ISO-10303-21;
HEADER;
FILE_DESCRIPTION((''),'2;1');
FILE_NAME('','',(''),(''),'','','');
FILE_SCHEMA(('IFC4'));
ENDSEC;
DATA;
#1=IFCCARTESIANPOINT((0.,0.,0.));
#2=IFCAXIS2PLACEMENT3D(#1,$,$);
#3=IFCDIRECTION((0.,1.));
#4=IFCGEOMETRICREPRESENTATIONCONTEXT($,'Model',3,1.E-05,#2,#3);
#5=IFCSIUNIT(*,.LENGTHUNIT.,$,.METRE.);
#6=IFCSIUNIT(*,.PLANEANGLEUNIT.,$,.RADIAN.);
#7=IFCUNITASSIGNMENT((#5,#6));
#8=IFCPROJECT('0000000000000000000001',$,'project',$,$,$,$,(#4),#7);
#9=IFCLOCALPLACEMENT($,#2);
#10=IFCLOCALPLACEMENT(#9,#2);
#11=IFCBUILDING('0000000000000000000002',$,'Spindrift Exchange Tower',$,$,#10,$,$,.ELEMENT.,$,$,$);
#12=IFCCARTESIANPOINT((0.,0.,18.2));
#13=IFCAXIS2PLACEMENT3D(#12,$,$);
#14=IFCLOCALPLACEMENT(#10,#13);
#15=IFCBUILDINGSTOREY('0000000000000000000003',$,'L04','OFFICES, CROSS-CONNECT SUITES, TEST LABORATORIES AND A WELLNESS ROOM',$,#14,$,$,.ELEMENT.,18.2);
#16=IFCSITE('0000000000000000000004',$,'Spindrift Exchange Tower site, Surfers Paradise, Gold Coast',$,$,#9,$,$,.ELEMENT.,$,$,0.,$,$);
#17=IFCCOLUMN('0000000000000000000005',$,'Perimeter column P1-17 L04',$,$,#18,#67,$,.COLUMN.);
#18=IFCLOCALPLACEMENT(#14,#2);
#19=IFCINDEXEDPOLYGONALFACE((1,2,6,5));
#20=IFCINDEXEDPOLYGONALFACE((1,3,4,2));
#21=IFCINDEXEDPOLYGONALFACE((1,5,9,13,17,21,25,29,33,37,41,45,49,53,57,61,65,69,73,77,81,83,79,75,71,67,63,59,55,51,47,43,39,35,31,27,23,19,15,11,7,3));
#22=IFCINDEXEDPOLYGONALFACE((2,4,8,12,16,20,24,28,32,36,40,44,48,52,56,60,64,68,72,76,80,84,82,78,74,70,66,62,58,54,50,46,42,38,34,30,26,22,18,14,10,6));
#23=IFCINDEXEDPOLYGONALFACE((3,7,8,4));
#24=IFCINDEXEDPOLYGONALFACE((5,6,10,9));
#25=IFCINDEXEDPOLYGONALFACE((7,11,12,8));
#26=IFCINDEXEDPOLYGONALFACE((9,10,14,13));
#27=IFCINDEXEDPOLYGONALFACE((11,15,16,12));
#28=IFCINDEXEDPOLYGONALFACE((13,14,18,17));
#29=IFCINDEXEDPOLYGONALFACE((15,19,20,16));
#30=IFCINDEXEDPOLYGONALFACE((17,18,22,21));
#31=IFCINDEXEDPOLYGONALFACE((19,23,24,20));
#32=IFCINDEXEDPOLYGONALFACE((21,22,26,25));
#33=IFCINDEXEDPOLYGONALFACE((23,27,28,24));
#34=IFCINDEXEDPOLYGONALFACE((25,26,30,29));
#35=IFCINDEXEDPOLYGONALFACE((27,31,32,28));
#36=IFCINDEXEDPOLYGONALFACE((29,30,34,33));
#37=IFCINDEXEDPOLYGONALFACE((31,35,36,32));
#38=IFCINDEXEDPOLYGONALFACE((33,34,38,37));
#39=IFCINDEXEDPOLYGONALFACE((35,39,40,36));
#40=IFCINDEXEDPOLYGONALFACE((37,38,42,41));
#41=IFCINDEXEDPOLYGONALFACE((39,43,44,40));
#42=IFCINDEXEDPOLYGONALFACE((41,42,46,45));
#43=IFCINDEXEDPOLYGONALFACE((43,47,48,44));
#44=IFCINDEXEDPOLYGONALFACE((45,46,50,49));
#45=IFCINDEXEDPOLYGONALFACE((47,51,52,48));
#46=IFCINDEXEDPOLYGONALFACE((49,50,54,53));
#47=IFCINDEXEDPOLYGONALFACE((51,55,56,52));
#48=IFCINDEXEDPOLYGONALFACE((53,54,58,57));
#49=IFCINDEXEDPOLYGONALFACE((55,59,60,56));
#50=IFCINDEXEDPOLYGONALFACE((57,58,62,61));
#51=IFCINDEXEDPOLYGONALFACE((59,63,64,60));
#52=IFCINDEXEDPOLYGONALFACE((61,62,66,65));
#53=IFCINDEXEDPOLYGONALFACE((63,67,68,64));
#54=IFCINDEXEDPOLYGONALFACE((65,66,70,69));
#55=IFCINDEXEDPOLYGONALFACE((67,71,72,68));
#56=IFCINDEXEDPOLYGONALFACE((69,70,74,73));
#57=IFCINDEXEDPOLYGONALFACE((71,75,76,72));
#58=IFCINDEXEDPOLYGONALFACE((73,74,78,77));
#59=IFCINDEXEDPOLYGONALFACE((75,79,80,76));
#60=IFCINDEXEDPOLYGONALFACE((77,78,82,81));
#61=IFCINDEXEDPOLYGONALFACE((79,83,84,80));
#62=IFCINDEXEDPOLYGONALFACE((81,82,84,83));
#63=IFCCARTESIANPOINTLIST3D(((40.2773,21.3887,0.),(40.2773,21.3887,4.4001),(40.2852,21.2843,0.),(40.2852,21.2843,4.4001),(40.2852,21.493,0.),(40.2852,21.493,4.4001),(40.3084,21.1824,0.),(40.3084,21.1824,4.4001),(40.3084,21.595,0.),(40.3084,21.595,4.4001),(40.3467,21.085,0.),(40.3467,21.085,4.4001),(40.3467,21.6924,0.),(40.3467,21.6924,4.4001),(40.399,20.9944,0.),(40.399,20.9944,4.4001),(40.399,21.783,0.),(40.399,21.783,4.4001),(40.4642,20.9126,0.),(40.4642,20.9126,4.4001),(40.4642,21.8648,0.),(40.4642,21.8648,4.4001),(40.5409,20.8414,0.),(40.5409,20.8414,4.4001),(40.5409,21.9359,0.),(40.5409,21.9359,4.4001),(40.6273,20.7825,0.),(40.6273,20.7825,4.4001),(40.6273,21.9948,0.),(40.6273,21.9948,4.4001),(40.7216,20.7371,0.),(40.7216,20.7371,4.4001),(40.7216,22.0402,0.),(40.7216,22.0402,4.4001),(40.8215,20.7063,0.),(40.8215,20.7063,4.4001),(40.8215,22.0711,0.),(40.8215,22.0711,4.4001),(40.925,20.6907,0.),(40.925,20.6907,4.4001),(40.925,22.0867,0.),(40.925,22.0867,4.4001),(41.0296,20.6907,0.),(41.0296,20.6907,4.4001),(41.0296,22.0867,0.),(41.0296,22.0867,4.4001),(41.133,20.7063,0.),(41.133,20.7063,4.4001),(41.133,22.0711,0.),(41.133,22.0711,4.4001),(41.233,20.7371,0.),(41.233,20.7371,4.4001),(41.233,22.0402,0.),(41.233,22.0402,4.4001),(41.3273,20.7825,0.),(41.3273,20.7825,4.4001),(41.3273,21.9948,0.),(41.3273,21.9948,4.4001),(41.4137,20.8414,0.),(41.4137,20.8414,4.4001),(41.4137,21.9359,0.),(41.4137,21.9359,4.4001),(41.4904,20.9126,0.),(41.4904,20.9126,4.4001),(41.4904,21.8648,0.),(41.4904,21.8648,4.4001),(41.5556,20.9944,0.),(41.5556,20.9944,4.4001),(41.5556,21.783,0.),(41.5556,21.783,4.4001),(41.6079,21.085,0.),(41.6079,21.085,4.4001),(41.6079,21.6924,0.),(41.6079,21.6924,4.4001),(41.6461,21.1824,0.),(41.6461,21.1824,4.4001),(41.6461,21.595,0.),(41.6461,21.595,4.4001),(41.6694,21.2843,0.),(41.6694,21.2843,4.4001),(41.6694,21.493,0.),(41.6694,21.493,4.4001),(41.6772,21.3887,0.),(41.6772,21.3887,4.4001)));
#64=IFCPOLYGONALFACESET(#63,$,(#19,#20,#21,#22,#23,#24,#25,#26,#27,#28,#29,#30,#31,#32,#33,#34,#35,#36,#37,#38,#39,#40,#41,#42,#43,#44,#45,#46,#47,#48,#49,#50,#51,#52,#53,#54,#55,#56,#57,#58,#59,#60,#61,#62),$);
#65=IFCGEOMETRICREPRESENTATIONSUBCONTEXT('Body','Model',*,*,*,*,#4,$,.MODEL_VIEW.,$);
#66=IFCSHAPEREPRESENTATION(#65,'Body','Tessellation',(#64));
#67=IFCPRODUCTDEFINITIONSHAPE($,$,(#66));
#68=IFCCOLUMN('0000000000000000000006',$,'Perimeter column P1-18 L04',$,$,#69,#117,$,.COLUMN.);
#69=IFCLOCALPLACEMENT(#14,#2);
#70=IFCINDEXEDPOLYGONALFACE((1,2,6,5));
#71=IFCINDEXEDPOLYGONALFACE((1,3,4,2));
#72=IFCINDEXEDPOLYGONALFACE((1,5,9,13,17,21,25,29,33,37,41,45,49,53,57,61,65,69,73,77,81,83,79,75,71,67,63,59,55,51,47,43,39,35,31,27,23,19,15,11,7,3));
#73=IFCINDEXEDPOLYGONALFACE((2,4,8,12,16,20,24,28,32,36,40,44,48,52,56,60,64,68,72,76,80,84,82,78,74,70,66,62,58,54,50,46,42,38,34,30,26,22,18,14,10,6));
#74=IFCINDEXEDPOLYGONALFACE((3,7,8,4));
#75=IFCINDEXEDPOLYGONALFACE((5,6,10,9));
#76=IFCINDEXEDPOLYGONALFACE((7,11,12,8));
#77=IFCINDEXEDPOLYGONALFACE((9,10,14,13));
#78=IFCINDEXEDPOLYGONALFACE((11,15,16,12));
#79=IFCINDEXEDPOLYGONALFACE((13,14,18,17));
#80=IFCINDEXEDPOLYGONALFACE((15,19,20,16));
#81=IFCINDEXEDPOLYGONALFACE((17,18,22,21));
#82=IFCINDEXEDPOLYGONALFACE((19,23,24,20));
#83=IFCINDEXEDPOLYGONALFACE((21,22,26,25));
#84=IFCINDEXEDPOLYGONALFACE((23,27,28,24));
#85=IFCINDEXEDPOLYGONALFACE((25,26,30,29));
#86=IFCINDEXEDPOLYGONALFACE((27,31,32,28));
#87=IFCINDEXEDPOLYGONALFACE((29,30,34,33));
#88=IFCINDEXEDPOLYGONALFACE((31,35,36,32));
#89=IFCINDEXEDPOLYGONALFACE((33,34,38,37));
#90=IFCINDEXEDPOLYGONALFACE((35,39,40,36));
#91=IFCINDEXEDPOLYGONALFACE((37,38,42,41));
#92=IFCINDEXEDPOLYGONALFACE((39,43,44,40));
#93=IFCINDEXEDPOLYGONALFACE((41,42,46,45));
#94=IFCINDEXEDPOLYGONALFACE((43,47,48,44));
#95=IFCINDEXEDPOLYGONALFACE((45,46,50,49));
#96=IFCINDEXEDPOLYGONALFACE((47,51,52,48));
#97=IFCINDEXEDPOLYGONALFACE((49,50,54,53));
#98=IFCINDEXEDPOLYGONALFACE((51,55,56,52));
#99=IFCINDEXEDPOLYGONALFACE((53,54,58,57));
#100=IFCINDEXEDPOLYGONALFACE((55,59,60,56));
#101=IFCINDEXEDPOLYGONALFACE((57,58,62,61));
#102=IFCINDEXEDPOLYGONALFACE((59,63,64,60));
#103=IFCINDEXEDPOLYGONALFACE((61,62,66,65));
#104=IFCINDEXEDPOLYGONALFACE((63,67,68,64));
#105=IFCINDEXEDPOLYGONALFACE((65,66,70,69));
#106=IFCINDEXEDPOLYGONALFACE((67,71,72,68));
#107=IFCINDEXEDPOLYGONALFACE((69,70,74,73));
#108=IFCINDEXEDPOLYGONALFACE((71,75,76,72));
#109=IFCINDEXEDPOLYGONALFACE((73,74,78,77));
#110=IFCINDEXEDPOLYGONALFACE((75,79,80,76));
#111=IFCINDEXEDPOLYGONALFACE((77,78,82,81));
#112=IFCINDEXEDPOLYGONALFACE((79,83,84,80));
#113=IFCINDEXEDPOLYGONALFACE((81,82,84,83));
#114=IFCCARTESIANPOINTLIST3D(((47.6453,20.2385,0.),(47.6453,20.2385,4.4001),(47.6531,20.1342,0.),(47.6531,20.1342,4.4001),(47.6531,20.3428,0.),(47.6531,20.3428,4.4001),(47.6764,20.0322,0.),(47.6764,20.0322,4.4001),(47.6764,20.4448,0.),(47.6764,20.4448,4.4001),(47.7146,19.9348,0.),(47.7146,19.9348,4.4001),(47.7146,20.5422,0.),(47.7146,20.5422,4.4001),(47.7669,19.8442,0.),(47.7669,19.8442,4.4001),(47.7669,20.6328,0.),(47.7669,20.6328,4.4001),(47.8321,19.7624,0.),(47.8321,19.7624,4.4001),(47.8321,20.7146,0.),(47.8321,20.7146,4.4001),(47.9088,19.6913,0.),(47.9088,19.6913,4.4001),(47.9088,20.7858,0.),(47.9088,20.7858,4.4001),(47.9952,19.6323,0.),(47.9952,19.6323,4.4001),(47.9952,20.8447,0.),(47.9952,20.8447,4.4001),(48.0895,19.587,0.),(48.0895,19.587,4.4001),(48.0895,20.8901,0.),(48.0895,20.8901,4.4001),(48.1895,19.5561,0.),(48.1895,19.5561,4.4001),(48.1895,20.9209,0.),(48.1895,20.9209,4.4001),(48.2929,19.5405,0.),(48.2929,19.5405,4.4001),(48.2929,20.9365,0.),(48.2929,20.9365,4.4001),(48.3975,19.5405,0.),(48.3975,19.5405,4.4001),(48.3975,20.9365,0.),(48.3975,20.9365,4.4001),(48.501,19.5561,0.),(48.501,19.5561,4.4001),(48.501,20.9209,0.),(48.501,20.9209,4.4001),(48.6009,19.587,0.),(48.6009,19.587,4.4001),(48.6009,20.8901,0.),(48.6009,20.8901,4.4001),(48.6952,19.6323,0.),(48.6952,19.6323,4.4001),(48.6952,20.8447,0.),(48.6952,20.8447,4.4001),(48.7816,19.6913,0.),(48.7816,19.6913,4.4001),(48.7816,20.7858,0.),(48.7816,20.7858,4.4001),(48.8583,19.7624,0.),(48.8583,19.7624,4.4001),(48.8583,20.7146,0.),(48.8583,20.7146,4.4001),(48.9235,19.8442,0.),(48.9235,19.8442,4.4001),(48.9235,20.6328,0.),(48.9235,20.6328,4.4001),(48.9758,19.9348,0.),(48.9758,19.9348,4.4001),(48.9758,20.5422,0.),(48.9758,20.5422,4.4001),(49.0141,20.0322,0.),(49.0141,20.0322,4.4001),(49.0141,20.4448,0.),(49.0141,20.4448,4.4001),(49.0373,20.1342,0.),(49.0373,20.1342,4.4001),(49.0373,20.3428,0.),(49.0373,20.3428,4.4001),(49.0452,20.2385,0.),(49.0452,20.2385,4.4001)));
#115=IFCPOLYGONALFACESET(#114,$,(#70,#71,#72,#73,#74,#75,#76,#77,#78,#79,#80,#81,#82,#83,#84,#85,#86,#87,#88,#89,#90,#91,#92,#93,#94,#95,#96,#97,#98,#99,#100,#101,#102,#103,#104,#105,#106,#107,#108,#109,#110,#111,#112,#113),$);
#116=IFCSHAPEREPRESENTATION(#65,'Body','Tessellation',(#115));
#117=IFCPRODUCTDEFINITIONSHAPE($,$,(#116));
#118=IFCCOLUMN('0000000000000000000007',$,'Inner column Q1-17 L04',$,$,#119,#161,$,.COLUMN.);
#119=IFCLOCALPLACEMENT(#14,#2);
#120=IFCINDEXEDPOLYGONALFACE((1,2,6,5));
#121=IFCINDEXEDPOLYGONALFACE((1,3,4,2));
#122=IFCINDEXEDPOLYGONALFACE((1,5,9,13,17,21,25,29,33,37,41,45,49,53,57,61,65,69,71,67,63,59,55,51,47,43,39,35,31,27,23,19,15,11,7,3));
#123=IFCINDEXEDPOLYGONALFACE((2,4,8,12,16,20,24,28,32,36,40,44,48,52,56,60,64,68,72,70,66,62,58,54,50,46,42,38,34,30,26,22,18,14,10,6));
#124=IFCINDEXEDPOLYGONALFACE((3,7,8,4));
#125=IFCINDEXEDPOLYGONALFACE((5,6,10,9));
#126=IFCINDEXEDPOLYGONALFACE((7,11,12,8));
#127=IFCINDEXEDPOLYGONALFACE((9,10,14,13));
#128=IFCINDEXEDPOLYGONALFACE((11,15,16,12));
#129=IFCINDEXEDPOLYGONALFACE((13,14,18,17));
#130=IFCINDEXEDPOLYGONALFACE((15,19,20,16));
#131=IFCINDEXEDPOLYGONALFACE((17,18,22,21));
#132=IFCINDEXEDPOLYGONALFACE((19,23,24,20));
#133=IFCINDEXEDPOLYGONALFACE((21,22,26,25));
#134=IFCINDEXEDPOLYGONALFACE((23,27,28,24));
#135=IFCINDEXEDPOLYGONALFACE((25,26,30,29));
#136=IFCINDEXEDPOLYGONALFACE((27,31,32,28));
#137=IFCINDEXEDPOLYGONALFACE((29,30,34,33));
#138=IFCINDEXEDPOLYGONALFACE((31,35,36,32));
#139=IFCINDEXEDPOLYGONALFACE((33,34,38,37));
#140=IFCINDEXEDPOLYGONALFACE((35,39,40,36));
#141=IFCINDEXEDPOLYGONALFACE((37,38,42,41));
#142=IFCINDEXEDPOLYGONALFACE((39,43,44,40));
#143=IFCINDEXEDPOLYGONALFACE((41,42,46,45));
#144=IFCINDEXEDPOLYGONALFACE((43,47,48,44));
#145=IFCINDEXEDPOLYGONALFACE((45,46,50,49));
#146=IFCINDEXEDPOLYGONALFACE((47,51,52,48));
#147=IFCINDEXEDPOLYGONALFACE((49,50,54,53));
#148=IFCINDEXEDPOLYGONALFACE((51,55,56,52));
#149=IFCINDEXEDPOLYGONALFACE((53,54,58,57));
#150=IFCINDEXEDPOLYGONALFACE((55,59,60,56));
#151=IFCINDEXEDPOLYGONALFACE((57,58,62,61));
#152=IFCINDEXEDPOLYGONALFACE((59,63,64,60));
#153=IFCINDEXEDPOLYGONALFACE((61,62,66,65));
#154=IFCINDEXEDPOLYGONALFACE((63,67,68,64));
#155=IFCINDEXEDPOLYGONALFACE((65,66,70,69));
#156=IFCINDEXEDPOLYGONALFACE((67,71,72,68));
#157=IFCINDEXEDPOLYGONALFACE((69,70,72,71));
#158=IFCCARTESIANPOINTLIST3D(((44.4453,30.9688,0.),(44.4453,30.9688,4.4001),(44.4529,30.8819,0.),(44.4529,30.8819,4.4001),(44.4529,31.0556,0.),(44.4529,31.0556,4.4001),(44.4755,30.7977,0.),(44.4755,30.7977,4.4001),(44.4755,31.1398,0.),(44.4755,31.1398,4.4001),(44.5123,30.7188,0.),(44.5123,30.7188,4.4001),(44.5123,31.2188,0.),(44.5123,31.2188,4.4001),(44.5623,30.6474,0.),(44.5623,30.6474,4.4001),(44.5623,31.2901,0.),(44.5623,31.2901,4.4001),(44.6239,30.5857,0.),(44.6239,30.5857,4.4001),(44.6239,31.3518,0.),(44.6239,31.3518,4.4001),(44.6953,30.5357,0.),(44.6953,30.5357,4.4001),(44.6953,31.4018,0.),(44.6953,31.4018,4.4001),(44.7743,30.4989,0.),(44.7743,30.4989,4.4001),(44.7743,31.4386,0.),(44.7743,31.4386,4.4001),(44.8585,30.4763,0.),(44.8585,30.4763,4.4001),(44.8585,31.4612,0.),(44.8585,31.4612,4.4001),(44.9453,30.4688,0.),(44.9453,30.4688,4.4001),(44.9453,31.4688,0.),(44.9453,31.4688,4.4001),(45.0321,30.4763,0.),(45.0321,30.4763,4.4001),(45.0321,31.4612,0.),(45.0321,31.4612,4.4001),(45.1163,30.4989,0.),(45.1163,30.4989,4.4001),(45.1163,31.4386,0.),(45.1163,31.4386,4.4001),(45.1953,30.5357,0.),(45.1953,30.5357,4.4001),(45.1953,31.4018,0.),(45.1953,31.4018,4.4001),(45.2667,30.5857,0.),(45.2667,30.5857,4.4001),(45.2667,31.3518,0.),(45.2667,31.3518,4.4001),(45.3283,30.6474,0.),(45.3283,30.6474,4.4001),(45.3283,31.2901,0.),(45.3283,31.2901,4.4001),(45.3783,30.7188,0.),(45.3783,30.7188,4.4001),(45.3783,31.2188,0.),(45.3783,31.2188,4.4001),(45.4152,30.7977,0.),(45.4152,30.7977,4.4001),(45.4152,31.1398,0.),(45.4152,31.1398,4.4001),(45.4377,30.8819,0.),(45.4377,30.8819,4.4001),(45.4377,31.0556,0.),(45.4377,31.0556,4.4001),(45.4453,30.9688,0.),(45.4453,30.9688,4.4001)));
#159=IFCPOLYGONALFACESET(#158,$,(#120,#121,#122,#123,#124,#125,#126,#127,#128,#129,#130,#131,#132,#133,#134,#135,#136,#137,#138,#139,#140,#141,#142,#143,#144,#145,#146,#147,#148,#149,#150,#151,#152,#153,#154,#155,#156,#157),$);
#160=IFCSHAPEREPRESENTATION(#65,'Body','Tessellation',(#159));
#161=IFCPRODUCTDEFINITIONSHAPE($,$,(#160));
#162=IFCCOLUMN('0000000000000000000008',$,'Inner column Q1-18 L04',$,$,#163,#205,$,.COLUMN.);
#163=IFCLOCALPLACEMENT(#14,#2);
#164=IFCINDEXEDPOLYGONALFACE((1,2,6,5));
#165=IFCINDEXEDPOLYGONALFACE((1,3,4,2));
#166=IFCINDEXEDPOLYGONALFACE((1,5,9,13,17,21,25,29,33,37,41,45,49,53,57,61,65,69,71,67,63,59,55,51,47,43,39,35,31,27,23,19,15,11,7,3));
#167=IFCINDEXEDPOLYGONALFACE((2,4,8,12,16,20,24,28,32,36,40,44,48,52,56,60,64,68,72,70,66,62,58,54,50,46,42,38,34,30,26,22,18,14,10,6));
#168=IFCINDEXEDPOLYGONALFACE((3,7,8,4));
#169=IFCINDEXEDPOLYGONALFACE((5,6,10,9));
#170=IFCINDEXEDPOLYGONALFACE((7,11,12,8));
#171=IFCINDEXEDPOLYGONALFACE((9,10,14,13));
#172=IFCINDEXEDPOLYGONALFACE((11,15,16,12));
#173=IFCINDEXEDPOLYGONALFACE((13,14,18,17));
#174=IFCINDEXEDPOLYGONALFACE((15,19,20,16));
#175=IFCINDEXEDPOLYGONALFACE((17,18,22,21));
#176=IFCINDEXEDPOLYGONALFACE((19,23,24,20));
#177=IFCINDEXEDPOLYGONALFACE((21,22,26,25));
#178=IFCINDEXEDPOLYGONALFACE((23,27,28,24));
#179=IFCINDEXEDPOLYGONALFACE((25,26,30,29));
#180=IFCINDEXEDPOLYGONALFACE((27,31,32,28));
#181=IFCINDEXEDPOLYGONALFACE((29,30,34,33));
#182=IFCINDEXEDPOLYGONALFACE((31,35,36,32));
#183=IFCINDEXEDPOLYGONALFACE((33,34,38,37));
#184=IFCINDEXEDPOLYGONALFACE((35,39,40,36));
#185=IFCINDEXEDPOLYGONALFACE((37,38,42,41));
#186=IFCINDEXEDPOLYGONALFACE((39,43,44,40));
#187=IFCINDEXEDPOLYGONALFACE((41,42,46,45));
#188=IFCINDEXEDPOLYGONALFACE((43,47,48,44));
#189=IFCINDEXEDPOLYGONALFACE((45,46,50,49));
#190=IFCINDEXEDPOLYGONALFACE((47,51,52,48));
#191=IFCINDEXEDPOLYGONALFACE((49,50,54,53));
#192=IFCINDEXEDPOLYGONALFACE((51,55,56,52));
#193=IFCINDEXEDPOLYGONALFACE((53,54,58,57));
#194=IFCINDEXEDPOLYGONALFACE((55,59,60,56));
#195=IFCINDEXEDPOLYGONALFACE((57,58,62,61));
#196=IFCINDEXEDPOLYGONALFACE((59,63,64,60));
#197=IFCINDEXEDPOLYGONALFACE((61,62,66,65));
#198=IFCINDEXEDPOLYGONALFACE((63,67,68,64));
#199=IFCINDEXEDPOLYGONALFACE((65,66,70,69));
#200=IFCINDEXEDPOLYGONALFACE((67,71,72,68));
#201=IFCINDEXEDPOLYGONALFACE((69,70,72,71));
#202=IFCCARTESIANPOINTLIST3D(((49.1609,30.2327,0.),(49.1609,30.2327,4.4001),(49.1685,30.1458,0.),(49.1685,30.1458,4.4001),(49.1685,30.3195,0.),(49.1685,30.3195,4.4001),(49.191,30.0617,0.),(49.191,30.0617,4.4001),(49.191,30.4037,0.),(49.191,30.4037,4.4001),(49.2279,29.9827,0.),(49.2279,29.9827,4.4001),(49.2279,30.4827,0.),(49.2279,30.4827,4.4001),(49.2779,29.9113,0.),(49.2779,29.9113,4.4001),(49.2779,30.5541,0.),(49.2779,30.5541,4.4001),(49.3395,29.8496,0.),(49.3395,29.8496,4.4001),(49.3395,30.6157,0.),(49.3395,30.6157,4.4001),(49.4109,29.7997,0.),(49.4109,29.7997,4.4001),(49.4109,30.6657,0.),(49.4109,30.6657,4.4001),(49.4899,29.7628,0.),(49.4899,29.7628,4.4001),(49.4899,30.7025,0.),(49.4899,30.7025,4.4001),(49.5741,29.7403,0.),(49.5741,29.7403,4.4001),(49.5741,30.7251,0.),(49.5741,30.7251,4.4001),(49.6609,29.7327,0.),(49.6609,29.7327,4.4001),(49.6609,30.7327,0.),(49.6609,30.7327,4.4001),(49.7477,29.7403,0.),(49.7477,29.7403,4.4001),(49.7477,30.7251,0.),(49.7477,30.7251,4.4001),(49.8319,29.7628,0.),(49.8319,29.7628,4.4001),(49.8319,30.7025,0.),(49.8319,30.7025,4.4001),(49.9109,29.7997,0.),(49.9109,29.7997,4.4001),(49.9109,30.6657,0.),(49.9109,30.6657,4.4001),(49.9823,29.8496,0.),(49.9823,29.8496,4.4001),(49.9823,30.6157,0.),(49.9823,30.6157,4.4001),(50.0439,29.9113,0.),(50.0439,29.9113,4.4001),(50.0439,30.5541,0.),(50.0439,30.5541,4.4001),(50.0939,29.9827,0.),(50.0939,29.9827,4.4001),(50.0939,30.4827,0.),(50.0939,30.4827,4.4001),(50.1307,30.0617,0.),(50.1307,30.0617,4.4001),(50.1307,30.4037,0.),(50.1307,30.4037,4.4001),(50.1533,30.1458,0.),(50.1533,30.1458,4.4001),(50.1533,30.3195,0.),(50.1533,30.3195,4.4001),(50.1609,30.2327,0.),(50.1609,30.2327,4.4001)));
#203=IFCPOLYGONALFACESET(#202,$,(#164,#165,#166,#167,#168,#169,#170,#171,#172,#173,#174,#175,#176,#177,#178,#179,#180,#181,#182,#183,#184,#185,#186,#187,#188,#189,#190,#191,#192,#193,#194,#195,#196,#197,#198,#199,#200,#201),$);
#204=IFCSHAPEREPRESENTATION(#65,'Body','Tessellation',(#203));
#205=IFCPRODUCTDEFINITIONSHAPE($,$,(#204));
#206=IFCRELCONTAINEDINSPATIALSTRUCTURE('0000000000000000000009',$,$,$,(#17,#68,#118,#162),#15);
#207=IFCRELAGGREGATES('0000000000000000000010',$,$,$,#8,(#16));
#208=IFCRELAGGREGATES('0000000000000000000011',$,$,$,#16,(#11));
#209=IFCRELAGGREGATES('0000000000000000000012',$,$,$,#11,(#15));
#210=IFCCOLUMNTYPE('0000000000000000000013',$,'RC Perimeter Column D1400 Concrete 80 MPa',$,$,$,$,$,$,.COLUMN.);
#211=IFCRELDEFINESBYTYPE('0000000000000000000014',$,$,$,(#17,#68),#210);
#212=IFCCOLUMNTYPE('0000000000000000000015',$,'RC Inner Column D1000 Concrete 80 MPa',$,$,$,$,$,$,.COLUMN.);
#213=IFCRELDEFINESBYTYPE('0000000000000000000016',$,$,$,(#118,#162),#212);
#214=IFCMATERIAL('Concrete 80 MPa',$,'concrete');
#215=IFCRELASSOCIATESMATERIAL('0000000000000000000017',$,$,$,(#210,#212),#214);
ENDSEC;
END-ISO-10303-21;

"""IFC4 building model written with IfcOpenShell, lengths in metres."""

from ifc_helpers import new_model, si_unit, direction, frame, origin, origin_2d, place, context, subcontext, project, spatial, circle, extrude, source, transform, mapped, material, material_profile, profile_set, type_object, element, save


model = new_model("IFC4")

# Units and contexts
model_context = context("Model", 3, precision=1e-05, world=origin(), true_north=direction((0.0, 1.0)))
body_context = subcontext(model_context, "Body", "Model", "MODEL_VIEW")
ifc_project = project(units=[si_unit("LENGTHUNIT", "METRE"), si_unit("PLANEANGLEUNIT", "RADIAN")], contexts=[model_context])

# Site, building, storey
site_placement = place(None, origin())
site = spatial("IfcSite", under=ifc_project, at=site_placement, Name="Spindrift Exchange Tower site, Surfers Paradise, Gold Coast", CompositionType="ELEMENT", RefElevation=0.0)
building_placement = place(site_placement, origin())
building = spatial("IfcBuilding", under=site, at=building_placement, Name="Spindrift Exchange Tower", CompositionType="ELEMENT")
storey_placement = place(building_placement, frame((0.0, 0.0, 18.2)))
storey = spatial("IfcBuildingStorey", under=building, at=storey_placement, Name="L04", Description="OFFICES, CROSS-CONNECT SUITES, TEST LABORATORIES AND A WELLNESS ROOM", CompositionType="ELEMENT", Elevation=18.2)

# Columns
ifc_material_1 = material(Name="Concrete 80 MPa", Category="concrete")
ifc_material_profile_1 = material_profile(ifc_material_1, circle(Radius=0.7, at=origin_2d()), Name="RC D1400")
ifc_profile_set_1 = profile_set([ifc_material_profile_1], Name="Concrete 80 MPa")
column_type_1 = type_object("IfcColumnType", Name="RC Perimeter Column D1400 Concrete 80 MPa", PredefinedType="COLUMN", material=ifc_profile_set_1)
shared_shape_1 = source(origin(), body_context, "Body", "SweptSolid", [
    extrude(circle(Radius=0.7, at=origin_2d()), origin(), (0.0, 0.0, 1.0), 4.4001),
])
for number, where, z_axis, x_axis, name in (
    (1, (40.9773, 21.3887, 0.0), (0.0, 0.0, 1.0), (1.0, 0.0, 0.0), "Perimeter column P1-17 L04"),
    (2, (48.3452, 20.2385, 0.0), (0.0, 0.0, 1.0), (1.0, 0.0, 0.0), "Perimeter column P1-18 L04"),
):
    element("IfcColumn", number, at=place(storey_placement, frame(where, z_axis=z_axis, x_axis=x_axis)), inside=storey, type_object=column_type_1, Name=name, PredefinedType="COLUMN", context=body_context, shape_type="MappedRepresentation", body=[
        mapped(shared_shape_1, transform((0.0, 0.0, 0.0), scale=1.0)),
    ])
ifc_material_profile_2 = material_profile(ifc_material_1, circle(Radius=0.5, at=origin_2d()), Name="RC D1000")
ifc_profile_set_2 = profile_set([ifc_material_profile_2], Name="Concrete 80 MPa")
column_type_2 = type_object("IfcColumnType", Name="RC Inner Column D1000 Concrete 80 MPa", PredefinedType="COLUMN", material=ifc_profile_set_2)
shared_shape_2 = source(origin(), body_context, "Body", "SweptSolid", [
    extrude(circle(Radius=0.5, at=origin_2d()), origin(), (0.0, 0.0, 1.0), 4.4001),
])
for number, where, z_axis, x_axis, name in (
    (3, (44.9453, 30.9688, 0.0), (0.0, 0.0, 1.0), (1.0, 0.0, 0.0), "Inner column Q1-17 L04"),
    (4, (49.6609, 30.2327, 0.0), (0.0, 0.0, 1.0), (1.0, 0.0, 0.0), "Inner column Q1-18 L04"),
):
    element("IfcColumn", number, at=place(storey_placement, frame(where, z_axis=z_axis, x_axis=x_axis)), inside=storey, type_object=column_type_2, Name=name, PredefinedType="COLUMN", context=body_context, shape_type="MappedRepresentation", body=[
        mapped(shared_shape_2, transform((0.0, 0.0, 0.0), scale=1.0)),
    ])

save(model, "model.ifc")
